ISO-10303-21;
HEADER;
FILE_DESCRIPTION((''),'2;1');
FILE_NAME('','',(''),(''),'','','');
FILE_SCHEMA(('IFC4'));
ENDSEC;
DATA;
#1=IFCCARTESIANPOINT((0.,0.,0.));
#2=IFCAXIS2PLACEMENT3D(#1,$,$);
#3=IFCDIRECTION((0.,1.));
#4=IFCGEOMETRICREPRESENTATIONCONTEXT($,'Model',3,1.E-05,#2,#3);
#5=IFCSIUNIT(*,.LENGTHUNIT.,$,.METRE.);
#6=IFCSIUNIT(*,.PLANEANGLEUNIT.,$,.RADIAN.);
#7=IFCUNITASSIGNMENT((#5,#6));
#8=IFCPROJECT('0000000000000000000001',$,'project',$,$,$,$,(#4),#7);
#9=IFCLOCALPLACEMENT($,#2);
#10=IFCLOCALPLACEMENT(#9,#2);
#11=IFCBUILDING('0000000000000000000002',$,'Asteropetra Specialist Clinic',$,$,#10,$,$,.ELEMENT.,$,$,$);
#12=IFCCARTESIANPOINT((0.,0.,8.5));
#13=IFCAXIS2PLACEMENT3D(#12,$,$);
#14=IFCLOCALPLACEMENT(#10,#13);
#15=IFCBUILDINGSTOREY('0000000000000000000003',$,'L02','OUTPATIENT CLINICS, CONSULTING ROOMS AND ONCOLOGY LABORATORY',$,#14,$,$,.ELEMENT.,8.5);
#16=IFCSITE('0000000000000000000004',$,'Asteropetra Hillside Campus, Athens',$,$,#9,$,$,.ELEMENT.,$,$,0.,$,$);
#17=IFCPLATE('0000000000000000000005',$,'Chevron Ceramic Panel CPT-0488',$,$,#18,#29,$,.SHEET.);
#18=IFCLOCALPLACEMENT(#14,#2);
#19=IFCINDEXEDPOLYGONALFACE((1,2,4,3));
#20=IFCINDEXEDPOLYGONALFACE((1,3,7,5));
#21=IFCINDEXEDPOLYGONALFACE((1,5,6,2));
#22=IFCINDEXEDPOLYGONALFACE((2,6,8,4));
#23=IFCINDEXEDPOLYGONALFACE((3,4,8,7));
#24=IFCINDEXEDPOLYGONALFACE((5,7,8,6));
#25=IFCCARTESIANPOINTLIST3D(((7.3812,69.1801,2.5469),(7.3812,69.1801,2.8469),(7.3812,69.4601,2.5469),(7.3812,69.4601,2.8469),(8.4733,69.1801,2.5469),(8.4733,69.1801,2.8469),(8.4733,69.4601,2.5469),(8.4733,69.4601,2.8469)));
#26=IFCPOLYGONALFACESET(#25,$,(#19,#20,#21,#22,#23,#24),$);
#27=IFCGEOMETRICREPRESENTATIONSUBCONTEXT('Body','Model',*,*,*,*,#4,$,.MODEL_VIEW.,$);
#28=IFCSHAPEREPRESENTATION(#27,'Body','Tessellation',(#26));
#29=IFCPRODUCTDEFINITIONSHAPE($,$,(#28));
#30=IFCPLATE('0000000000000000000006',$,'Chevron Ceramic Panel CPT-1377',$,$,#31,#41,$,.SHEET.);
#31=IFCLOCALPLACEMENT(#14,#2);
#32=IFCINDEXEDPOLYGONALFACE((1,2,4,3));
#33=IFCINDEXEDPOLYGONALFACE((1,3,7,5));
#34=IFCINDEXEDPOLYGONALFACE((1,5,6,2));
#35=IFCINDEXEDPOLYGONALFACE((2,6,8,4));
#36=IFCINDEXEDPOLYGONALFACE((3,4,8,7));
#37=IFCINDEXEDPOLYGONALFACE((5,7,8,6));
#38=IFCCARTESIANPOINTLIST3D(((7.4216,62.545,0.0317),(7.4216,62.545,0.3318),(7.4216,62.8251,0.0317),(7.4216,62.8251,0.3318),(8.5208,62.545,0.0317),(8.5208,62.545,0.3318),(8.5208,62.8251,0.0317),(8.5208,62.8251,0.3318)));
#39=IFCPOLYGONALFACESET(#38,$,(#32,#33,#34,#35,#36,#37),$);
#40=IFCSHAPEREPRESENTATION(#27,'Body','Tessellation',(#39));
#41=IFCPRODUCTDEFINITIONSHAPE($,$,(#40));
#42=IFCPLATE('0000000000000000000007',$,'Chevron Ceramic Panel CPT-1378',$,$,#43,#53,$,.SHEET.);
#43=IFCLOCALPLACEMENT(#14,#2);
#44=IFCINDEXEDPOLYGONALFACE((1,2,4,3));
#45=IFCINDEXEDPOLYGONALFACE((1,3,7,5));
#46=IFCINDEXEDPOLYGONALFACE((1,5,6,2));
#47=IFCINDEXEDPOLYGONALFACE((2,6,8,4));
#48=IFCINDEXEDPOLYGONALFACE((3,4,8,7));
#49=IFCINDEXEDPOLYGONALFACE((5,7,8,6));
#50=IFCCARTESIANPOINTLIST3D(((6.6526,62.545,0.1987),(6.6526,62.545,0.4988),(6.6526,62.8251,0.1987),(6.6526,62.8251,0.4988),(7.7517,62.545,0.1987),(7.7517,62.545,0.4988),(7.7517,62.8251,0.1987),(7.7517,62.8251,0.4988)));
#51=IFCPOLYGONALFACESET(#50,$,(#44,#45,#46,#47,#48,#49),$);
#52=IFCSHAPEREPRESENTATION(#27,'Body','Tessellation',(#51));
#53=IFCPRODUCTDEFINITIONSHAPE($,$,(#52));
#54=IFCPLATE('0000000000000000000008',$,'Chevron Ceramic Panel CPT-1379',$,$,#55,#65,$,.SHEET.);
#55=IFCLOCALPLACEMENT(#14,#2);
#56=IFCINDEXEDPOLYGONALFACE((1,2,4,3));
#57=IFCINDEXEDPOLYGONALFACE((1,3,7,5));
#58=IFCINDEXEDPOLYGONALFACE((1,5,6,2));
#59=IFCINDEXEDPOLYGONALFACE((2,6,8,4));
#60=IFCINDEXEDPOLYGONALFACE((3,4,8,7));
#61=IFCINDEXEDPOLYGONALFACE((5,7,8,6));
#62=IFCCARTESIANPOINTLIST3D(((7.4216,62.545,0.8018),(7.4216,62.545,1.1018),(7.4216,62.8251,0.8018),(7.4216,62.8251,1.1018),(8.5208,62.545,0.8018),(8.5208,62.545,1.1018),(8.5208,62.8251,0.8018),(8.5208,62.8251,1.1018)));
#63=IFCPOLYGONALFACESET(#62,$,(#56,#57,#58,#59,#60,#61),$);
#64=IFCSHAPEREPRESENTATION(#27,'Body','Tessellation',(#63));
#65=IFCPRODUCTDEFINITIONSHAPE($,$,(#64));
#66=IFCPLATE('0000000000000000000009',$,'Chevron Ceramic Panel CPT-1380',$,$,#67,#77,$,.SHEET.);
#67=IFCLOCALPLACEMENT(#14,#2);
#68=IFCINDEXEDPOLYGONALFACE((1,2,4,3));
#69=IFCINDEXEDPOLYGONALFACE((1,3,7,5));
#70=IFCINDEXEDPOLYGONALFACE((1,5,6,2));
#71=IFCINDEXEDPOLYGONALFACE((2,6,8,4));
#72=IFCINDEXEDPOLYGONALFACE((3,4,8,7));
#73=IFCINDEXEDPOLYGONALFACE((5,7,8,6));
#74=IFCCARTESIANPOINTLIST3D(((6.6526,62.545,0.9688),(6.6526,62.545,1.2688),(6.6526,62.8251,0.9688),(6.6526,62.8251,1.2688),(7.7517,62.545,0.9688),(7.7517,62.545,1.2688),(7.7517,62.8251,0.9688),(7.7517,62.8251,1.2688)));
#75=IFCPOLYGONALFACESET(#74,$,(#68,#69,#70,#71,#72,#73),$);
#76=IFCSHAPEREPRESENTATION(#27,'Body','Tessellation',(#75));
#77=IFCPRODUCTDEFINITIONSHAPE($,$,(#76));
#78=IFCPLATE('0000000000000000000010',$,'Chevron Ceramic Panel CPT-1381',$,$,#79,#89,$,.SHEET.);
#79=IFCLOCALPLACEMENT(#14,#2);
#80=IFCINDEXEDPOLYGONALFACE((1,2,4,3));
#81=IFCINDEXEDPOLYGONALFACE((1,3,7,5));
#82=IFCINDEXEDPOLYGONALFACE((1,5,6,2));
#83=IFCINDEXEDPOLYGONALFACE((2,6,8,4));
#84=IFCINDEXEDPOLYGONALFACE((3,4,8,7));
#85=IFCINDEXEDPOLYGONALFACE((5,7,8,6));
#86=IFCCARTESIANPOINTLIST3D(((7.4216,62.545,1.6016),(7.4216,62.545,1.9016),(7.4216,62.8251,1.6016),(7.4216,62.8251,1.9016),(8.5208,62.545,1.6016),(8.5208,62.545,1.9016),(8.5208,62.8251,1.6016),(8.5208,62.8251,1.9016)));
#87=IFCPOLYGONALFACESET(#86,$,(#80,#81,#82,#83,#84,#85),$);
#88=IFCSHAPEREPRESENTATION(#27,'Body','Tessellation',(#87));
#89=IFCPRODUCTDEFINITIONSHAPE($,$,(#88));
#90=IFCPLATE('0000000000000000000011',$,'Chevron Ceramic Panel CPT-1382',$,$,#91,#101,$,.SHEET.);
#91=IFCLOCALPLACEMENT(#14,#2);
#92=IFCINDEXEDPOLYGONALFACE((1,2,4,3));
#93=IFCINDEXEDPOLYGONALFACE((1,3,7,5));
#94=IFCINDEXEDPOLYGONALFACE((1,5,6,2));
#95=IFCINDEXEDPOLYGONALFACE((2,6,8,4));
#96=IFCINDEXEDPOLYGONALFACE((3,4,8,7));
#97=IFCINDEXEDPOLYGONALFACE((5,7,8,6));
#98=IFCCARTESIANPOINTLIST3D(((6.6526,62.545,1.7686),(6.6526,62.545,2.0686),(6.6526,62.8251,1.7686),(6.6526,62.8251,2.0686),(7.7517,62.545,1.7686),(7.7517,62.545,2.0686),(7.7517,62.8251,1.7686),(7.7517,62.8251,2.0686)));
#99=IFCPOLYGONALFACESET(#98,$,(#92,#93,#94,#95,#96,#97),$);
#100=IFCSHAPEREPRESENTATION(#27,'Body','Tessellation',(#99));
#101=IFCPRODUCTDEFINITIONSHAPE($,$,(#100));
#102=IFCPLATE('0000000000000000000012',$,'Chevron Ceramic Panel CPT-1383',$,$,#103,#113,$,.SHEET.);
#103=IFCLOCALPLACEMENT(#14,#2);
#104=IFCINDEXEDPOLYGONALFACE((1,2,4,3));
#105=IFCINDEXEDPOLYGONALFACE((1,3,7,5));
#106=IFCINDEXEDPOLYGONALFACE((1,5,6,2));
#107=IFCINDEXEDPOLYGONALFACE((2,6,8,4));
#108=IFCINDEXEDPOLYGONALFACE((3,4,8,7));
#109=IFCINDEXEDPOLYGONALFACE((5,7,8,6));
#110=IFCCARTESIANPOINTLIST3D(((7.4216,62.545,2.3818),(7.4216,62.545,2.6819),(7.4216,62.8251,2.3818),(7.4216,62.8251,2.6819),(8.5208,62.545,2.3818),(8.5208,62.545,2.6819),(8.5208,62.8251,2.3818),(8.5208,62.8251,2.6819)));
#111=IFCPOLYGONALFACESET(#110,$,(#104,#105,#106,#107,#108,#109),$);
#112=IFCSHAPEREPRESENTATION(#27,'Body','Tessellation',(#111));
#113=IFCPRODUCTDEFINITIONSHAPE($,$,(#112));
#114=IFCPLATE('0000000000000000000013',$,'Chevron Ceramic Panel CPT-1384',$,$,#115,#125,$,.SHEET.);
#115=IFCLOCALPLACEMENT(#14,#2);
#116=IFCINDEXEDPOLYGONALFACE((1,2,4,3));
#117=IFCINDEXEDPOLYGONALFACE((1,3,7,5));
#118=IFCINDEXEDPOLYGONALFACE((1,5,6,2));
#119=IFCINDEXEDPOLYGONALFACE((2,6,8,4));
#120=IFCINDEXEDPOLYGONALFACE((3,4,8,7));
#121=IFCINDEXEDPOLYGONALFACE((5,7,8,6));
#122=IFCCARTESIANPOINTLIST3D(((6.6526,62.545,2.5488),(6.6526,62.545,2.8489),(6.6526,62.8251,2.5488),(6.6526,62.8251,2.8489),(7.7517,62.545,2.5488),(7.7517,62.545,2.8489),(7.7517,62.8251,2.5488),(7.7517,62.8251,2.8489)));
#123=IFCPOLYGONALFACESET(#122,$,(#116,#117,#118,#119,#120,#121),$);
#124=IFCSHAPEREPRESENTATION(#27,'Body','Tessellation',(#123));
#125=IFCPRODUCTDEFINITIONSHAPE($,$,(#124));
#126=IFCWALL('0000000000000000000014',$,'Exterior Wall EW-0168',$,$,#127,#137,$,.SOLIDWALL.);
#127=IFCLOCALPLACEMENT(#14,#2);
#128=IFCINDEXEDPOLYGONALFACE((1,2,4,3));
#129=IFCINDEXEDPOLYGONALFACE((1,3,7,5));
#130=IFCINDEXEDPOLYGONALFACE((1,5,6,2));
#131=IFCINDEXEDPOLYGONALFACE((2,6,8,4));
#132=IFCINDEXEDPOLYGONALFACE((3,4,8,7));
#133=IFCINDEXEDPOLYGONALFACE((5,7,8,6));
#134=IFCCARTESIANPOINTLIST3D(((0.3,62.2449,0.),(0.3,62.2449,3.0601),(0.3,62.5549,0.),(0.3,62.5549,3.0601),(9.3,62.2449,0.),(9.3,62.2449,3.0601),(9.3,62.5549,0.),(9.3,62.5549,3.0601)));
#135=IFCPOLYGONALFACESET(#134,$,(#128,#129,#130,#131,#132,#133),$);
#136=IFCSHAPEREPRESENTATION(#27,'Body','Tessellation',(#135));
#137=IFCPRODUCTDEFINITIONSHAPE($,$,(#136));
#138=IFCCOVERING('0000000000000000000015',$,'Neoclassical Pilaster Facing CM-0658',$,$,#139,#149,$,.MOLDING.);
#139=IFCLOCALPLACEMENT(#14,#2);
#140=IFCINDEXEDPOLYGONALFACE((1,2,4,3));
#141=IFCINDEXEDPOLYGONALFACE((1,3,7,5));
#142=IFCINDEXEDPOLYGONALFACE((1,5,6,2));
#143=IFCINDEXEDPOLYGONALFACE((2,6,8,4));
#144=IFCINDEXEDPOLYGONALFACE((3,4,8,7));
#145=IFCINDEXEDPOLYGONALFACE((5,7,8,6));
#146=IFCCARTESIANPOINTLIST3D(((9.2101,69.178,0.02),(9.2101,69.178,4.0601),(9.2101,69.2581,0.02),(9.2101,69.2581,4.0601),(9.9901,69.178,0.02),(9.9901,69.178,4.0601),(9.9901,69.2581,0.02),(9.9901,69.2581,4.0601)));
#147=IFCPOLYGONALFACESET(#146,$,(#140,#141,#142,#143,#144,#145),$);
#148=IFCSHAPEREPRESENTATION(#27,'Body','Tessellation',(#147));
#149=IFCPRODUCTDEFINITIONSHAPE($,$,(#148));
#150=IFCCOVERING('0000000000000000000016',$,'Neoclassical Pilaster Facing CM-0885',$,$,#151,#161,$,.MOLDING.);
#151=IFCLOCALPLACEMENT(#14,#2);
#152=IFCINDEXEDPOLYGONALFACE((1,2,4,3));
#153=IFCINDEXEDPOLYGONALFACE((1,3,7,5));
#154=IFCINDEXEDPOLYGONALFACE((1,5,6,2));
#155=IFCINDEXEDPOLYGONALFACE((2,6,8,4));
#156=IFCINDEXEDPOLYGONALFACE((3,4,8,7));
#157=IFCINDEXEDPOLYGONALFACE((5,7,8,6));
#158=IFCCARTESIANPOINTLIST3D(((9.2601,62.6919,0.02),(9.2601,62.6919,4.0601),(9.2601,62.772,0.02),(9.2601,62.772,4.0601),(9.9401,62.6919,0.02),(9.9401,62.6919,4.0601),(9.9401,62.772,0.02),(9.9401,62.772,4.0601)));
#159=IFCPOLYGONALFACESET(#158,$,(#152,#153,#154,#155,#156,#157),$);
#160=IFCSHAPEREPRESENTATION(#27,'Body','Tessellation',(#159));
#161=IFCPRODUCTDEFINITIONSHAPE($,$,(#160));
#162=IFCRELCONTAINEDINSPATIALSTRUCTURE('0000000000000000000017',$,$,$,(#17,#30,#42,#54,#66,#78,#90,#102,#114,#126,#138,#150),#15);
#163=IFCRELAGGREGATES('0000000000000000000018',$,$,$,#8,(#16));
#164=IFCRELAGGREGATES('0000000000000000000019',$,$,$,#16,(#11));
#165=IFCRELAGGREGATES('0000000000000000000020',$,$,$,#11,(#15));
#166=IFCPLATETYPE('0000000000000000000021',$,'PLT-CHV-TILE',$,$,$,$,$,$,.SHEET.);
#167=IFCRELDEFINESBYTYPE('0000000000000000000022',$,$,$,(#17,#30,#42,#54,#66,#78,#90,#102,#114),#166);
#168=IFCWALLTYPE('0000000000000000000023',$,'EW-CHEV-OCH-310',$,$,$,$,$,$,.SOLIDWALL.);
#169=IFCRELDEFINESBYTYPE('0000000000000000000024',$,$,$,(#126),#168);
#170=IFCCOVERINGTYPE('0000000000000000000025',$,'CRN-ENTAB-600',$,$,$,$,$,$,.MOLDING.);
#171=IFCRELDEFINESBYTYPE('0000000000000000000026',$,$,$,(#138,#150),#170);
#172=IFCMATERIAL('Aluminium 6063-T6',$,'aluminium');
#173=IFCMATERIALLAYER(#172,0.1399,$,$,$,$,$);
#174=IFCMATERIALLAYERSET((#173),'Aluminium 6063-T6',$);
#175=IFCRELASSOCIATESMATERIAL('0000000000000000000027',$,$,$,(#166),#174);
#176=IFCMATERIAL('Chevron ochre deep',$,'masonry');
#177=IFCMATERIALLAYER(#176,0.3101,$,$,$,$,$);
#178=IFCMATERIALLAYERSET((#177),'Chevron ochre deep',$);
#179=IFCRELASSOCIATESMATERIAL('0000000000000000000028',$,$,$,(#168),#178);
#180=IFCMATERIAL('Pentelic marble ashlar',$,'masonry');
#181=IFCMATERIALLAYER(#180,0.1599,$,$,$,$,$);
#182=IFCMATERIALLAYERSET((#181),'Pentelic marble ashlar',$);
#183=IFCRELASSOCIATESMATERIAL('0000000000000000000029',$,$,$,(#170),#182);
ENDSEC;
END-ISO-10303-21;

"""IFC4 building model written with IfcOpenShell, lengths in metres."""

from ifc_helpers import new_model, si_unit, direction, frame, frame_2d, origin, origin_2d, place, context, subcontext, project, spatial, rectangle, extrude, material, layer, layer_set, type_object, element, save


model = new_model("IFC4")

# Units and contexts
model_context = context("Model", 3, precision=1e-05, world=origin(), true_north=direction((0.0, 1.0)))
body_context = subcontext(model_context, "Body", "Model", "MODEL_VIEW")
ifc_project = project(units=[si_unit("LENGTHUNIT", "METRE"), si_unit("PLANEANGLEUNIT", "RADIAN")], contexts=[model_context])

# Site, building, storey
site_placement = place(None, origin())
site = spatial("IfcSite", under=ifc_project, at=site_placement, Name="Asteropetra Hillside Campus, Athens", CompositionType="ELEMENT", RefElevation=0.0)
building_placement = place(site_placement, origin())
building = spatial("IfcBuilding", under=site, at=building_placement, Name="Asteropetra Specialist Clinic", CompositionType="ELEMENT")
storey_placement = place(building_placement, frame((0.0, 0.0, 8.5)))
storey = spatial("IfcBuildingStorey", under=building, at=storey_placement, Name="L02", Description="OUTPATIENT CLINICS, CONSULTING ROOMS AND ONCOLOGY LABORATORY", CompositionType="ELEMENT", Elevation=8.5)

# Plates
ifc_material_1 = material(Name="Aluminium 6063-T6", Category="aluminium")
ifc_layer_1 = layer(ifc_material_1, 0.1399)
ifc_layer_set_1 = layer_set([ifc_layer_1], Name="Aluminium 6063-T6")
plate_type_1 = type_object("IfcPlateType", Name="PLT-CHV-TILE", PredefinedType="SHEET", material=ifc_layer_set_1)
for number, where, z_axis, x_axis, name in (
    (1, (7.9272, 69.3201, 2.5469), (0.0, 0.0, 1.0), (1.0, 0.0, 0.0), "Chevron Ceramic Panel CPT-0488"),
):
    element("IfcPlate", number, at=place(storey_placement, frame(where, z_axis=z_axis, x_axis=x_axis)), inside=storey, type_object=plate_type_1, Name=name, PredefinedType="SHEET", context=body_context, shape_type="SweptSolid", body=[
        extrude(rectangle(XDim=1.092, YDim=0.28, at=origin_2d()), origin(), (0.0, 0.0, 1.0), 0.3),
    ])
for number, where, z_axis, x_axis, name in (
    (2, (7.9712, 62.6851, 0.0317), (0.0, 0.0, 1.0), (1.0, 0.0, 0.0), "Chevron Ceramic Panel CPT-1377"),
    (3, (7.2021, 62.6851, 0.1987), (0.0, 0.0, 1.0), (1.0, 0.0, 0.0), "Chevron Ceramic Panel CPT-1378"),
    (4, (7.9712, 62.6851, 0.8018), (0.0, 0.0, 1.0), (1.0, 0.0, 0.0), "Chevron Ceramic Panel CPT-1379"),
    (5, (7.2021, 62.6851, 0.9688), (0.0, 0.0, 1.0), (1.0, 0.0, 0.0), "Chevron Ceramic Panel CPT-1380"),
    (6, (7.9712, 62.6851, 1.6016), (0.0, 0.0, 1.0), (1.0, 0.0, 0.0), "Chevron Ceramic Panel CPT-1381"),
    (7, (7.2021, 62.6851, 1.7686), (0.0, 0.0, 1.0), (1.0, 0.0, 0.0), "Chevron Ceramic Panel CPT-1382"),
    (8, (7.9712, 62.6851, 2.3818), (0.0, 0.0, 1.0), (1.0, 0.0, 0.0), "Chevron Ceramic Panel CPT-1383"),
    (9, (7.2021, 62.6851, 2.5488), (0.0, 0.0, 1.0), (1.0, 0.0, 0.0), "Chevron Ceramic Panel CPT-1384"),
):
    element("IfcPlate", number, at=place(storey_placement, frame(where, z_axis=z_axis, x_axis=x_axis)), inside=storey, type_object=plate_type_1, Name=name, PredefinedType="SHEET", context=body_context, shape_type="SweptSolid", body=[
        extrude(rectangle(XDim=1.0991, YDim=0.28, at=origin_2d()), origin(), (0.0, 0.0, 1.0), 0.3),
    ])

# Wall
ifc_material_2 = material(Name="Chevron ochre deep", Category="masonry")
ifc_layer_2 = layer(ifc_material_2, 0.3101)
ifc_layer_set_2 = layer_set([ifc_layer_2], Name="Chevron ochre deep")
wall_type = type_object("IfcWallType", Name="EW-CHEV-OCH-310", PredefinedType="SOLIDWALL", material=ifc_layer_set_2)
wall_placement = place(storey_placement, frame((9.3, 62.3999, 0.0), z_axis=(0.0, 0.0, 1.0), x_axis=(-1.0, 0.0, 0.0)))
element("IfcWall", 10, at=wall_placement, inside=storey, type_object=wall_type, Name="Exterior Wall EW-0168", PredefinedType="SOLIDWALL", context=body_context, shape_type="SweptSolid", body=[
    extrude(rectangle(XDim=9.0, YDim=0.3101, at=frame_2d((4.5, 0.0))), origin(), (0.0, 0.0, 1.0), 3.0601),
])

# Coverings
ifc_material_3 = material(Name="Pentelic marble ashlar", Category="masonry")
ifc_layer_3 = layer(ifc_material_3, 0.1599)
ifc_layer_set_3 = layer_set([ifc_layer_3], Name="Pentelic marble ashlar")
covering_type = type_object("IfcCoveringType", Name="CRN-ENTAB-600", PredefinedType="MOLDING", material=ifc_layer_set_3)
covering_1_placement = place(storey_placement, frame((9.6001, 69.218, 0.02), z_axis=(0.0, 0.0, 1.0), x_axis=(1.0, 0.0, 0.0)))
element("IfcCovering", 11, at=covering_1_placement, inside=storey, type_object=covering_type, Name="Neoclassical Pilaster Facing CM-0658", PredefinedType="MOLDING", context=body_context, shape_type="SweptSolid", body=[
    extrude(rectangle(XDim=0.78, YDim=0.0801, at=origin_2d()), origin(), (0.0, 0.0, 1.0), 4.04),
])
covering_2_placement = place(storey_placement, frame((9.6001, 62.7319, 0.02), z_axis=(0.0, 0.0, 1.0), x_axis=(1.0, 0.0, 0.0)))
element("IfcCovering", 12, at=covering_2_placement, inside=storey, type_object=covering_type, Name="Neoclassical Pilaster Facing CM-0885", PredefinedType="MOLDING", context=body_context, shape_type="SweptSolid", body=[
    extrude(rectangle(XDim=0.6799, YDim=0.0801, at=origin_2d()), origin(), (0.0, 0.0, 1.0), 4.04),
])

save(model, "model.ifc")
